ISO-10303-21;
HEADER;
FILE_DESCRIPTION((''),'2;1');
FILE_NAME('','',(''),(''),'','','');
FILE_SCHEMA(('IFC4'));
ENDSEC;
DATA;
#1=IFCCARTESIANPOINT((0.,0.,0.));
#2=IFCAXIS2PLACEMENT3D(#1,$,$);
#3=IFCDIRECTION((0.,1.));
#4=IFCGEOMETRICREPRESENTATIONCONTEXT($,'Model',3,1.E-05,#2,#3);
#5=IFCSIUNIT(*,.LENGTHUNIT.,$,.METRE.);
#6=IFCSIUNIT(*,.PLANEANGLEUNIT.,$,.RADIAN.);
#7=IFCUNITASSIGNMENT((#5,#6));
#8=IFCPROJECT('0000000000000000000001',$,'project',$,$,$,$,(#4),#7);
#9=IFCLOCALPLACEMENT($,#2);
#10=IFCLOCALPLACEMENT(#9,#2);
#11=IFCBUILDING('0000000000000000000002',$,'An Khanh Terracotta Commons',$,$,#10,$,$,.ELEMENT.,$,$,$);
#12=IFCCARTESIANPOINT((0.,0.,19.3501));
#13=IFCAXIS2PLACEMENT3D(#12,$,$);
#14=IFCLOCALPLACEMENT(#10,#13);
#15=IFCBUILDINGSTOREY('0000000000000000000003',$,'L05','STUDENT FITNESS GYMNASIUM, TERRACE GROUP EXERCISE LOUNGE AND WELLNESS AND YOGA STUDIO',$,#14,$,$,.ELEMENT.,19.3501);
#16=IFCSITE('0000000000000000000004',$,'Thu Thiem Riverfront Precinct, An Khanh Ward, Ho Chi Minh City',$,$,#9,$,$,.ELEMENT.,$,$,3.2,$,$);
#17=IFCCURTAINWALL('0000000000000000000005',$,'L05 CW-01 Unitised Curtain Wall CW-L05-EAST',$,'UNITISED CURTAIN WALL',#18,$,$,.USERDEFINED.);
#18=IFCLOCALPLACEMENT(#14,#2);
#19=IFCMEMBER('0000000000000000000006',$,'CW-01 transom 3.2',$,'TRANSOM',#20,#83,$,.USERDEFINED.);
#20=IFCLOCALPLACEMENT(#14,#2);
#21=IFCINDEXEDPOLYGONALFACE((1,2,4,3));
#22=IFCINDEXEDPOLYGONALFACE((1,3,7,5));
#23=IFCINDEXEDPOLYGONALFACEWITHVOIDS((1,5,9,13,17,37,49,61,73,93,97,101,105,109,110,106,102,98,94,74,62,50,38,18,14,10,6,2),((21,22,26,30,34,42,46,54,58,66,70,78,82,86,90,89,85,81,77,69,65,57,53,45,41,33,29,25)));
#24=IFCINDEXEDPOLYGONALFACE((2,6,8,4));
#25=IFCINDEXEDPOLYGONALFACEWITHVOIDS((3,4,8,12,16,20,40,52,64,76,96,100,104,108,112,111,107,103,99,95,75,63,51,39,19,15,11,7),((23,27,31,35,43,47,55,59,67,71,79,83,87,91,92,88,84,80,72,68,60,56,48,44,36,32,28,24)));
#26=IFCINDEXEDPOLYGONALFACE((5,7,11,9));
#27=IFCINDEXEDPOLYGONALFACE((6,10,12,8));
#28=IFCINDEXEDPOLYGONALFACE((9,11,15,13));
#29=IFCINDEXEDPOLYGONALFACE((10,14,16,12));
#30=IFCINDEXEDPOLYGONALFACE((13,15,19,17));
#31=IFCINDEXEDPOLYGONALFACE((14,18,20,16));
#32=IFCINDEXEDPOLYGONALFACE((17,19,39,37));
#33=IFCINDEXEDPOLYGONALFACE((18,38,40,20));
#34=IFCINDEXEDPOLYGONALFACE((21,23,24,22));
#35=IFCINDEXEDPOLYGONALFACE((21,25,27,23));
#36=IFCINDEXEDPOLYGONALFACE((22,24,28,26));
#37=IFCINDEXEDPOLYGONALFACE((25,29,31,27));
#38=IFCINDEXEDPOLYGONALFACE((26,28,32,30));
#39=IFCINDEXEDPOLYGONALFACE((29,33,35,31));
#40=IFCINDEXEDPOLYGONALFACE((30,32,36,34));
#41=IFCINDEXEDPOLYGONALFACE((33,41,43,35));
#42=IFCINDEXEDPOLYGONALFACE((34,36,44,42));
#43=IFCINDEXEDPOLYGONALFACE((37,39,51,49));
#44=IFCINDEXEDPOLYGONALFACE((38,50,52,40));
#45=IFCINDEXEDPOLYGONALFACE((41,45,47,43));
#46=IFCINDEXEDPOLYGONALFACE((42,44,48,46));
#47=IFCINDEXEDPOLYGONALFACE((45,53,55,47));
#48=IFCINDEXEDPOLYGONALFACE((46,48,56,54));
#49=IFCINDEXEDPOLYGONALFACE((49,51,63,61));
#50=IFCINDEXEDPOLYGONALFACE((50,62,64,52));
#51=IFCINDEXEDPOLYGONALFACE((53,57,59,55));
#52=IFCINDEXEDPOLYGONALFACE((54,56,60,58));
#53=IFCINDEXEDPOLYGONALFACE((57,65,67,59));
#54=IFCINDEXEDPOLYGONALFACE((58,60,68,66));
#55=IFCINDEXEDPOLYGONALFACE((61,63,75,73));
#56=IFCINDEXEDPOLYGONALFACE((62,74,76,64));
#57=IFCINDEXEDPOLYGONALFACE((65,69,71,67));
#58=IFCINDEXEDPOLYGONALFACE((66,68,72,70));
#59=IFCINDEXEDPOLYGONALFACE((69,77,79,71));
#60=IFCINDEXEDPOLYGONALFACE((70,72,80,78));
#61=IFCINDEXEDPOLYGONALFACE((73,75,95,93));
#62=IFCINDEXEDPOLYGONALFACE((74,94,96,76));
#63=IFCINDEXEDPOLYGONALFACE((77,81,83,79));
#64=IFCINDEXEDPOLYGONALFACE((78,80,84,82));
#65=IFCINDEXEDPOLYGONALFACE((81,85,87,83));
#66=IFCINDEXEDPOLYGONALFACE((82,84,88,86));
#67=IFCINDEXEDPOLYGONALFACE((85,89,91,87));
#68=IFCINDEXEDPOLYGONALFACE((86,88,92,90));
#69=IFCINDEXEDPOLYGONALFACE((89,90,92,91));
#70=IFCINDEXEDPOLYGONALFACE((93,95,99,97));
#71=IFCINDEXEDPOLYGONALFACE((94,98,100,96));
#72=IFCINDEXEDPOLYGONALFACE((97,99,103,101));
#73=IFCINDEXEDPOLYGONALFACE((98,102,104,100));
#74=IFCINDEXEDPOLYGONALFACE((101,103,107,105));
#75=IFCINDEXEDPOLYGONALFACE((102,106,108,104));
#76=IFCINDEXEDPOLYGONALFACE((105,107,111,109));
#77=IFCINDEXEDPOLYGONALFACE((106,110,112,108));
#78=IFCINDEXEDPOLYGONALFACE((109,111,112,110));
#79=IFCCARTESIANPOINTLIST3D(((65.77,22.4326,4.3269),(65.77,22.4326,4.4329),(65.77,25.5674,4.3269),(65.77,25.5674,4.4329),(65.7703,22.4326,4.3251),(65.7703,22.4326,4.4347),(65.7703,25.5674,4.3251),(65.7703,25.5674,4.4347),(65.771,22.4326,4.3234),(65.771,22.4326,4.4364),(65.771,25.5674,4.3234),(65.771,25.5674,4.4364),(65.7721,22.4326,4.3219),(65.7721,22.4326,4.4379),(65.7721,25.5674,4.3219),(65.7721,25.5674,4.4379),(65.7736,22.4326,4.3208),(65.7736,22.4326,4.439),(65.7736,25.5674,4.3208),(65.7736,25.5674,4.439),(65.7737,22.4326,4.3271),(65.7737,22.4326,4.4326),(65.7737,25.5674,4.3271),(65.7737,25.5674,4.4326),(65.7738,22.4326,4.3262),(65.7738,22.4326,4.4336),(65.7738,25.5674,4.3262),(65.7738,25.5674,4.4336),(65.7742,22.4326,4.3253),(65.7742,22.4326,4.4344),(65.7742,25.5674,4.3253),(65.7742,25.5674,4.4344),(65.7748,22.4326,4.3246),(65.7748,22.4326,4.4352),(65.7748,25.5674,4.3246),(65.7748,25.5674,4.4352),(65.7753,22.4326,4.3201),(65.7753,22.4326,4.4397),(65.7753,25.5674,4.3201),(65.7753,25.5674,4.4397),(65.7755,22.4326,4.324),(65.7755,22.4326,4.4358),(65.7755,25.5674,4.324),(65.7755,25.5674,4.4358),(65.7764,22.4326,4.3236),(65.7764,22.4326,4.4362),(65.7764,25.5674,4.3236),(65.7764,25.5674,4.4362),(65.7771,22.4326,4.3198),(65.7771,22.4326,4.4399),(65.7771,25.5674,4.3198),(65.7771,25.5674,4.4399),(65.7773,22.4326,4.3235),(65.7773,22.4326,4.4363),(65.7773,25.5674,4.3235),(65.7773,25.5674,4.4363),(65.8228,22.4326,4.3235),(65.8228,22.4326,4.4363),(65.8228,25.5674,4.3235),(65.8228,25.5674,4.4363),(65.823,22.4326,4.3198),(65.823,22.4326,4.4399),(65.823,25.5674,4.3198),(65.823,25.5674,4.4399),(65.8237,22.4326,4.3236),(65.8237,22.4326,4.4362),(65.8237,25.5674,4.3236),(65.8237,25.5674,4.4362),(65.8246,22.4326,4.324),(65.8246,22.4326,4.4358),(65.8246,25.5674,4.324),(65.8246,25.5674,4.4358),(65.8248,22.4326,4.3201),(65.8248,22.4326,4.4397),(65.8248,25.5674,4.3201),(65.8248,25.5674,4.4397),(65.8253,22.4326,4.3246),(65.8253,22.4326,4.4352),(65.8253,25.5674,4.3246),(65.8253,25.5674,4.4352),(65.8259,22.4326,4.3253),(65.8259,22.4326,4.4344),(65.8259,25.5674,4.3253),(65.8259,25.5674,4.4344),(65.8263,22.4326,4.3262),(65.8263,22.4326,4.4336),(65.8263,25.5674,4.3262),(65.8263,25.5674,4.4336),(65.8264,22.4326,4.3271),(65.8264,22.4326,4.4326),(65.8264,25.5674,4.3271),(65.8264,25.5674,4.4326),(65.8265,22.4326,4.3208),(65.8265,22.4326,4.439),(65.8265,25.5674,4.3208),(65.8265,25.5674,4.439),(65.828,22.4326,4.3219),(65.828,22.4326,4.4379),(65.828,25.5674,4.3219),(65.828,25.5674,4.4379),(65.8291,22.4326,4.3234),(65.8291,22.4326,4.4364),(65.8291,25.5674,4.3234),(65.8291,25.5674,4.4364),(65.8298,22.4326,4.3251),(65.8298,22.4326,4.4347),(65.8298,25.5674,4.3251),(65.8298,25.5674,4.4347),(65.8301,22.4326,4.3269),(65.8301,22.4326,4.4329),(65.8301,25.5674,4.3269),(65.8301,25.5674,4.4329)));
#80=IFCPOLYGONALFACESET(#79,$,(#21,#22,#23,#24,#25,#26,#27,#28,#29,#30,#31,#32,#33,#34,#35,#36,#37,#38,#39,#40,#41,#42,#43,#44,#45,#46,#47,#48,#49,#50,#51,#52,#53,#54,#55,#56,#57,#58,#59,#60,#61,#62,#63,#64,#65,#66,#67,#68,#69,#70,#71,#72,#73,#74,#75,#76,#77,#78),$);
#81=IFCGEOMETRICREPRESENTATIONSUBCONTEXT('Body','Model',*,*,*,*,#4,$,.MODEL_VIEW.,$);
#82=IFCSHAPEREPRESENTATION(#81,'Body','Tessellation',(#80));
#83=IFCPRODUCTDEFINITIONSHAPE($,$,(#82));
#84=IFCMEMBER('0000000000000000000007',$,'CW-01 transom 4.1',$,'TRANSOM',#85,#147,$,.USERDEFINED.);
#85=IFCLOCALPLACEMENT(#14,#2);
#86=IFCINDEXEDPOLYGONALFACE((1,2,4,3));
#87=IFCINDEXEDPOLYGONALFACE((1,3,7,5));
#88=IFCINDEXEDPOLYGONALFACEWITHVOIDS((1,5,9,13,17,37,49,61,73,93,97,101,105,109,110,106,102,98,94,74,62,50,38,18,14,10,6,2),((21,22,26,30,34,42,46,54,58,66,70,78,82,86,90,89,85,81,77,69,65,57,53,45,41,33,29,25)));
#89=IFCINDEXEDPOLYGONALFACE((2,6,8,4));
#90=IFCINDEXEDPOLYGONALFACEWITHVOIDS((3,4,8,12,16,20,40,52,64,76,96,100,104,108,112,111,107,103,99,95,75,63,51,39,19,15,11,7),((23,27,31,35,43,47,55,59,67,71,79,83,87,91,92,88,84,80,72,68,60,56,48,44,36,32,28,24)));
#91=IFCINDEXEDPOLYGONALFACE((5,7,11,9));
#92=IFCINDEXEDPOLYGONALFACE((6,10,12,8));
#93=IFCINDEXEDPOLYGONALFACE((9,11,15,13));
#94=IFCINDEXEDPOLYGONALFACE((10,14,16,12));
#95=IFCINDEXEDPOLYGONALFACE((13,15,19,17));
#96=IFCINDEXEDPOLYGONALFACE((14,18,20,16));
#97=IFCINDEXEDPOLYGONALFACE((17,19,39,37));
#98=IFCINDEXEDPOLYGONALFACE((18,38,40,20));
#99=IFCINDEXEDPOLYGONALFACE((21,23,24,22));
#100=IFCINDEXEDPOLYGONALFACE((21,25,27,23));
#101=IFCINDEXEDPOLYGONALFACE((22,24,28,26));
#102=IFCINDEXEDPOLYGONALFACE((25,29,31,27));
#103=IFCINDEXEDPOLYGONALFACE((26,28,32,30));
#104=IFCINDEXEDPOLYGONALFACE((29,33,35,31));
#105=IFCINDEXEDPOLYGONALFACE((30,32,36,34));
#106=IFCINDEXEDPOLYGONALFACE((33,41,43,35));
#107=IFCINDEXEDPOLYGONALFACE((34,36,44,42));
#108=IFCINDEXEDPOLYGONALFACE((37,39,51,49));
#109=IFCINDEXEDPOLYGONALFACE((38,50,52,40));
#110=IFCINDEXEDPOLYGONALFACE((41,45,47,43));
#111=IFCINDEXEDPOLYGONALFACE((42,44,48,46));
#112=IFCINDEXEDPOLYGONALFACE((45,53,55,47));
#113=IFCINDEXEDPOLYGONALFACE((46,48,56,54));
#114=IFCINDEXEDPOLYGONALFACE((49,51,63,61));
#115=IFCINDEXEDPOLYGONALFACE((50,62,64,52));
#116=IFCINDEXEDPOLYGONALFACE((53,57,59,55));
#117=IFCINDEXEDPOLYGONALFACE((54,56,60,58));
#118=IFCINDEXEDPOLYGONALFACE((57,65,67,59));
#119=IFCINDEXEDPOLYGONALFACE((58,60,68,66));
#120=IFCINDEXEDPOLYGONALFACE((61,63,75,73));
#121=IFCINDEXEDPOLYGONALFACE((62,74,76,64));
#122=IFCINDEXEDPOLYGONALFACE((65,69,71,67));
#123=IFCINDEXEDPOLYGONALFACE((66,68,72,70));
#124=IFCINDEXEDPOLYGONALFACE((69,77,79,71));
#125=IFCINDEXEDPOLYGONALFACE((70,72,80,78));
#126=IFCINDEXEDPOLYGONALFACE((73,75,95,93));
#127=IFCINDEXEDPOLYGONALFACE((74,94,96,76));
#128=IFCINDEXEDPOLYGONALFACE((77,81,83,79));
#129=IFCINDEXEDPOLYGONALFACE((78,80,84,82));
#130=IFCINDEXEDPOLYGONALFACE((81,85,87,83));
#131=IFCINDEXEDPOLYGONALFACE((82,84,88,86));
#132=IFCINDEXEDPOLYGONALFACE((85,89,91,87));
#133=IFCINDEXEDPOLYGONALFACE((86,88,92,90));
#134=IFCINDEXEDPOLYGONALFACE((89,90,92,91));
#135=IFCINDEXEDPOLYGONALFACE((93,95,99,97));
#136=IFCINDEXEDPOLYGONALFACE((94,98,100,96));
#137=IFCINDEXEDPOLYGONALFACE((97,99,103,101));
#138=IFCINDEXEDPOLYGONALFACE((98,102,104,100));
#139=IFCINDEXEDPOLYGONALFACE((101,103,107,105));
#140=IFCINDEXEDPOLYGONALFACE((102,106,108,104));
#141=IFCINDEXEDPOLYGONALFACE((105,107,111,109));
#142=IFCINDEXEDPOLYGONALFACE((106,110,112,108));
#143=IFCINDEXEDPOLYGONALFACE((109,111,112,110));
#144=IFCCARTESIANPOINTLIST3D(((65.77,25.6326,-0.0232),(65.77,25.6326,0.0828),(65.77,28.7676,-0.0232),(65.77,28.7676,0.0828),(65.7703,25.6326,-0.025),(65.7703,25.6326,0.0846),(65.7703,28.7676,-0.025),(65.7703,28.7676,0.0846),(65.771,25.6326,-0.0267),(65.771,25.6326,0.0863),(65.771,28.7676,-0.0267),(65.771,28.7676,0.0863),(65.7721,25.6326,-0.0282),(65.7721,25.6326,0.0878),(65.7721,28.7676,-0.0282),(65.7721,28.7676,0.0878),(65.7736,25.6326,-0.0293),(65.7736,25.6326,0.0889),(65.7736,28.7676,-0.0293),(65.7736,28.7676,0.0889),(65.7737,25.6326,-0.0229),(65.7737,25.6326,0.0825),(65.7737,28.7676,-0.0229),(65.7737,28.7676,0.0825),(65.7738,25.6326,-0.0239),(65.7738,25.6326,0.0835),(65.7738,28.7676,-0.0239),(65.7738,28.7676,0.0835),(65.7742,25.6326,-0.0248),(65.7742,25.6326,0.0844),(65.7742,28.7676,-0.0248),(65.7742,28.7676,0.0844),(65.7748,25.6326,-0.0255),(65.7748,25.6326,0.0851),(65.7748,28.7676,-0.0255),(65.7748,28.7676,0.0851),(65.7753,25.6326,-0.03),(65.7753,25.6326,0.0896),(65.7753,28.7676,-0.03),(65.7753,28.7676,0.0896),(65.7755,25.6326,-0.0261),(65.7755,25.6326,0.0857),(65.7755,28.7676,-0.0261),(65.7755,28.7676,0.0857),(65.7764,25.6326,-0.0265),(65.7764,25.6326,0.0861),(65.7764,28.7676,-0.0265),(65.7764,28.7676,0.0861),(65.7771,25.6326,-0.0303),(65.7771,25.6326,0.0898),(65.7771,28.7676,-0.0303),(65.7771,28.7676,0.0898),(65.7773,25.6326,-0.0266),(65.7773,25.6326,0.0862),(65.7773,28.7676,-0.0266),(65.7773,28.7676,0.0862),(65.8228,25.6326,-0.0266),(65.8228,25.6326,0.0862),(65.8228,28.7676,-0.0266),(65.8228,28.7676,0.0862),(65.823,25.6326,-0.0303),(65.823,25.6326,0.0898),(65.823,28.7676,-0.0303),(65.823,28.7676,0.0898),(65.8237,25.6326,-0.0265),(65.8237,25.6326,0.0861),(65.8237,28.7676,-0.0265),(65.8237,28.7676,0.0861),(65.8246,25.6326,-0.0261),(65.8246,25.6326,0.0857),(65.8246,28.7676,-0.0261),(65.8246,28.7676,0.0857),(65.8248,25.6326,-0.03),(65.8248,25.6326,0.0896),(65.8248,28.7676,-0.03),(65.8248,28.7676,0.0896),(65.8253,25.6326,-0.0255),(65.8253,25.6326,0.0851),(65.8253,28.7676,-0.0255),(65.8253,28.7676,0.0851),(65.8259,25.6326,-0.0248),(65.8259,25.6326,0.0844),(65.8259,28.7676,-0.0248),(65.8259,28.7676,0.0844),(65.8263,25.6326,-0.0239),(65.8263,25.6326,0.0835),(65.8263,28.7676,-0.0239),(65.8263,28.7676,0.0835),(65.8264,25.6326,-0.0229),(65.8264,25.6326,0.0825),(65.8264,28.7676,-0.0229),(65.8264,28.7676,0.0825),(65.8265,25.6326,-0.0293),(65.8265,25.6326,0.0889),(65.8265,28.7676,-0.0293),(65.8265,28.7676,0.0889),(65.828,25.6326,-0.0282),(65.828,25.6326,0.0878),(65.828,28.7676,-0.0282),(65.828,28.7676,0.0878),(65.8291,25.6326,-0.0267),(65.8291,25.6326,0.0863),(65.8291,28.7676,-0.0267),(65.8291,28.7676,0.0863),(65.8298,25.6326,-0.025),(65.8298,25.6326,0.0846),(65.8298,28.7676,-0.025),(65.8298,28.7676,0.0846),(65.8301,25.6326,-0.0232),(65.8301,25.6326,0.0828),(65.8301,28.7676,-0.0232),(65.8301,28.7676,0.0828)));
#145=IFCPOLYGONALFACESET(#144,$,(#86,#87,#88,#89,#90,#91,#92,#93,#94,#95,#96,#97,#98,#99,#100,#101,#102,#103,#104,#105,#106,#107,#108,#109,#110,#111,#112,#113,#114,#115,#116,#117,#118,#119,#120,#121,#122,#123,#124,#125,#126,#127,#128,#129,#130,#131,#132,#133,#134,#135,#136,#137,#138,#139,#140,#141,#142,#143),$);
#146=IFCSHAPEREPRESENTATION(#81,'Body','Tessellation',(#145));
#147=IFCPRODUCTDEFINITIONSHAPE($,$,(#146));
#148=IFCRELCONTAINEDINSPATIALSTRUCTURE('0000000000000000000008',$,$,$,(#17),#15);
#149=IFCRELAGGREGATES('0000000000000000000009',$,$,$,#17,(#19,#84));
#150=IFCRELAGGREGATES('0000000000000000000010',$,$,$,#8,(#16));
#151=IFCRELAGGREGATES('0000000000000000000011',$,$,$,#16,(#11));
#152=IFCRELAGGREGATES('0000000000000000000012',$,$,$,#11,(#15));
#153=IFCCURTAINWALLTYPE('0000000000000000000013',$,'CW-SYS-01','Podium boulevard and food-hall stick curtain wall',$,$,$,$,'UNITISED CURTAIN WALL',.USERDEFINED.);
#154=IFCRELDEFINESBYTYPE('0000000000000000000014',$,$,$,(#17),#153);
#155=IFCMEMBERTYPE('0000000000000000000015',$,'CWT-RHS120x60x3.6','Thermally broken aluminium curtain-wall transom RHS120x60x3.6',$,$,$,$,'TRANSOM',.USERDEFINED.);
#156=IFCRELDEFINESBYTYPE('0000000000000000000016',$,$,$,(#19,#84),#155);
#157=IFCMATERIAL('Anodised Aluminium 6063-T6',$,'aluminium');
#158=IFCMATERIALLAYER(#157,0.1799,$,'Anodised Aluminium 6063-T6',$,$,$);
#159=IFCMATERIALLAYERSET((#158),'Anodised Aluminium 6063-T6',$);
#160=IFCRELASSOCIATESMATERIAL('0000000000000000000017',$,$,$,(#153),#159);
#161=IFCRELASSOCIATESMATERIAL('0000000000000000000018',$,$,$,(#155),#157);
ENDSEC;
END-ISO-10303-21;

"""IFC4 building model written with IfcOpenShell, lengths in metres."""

from ifc_helpers import new_model, si_unit, direction, frame, origin, origin_2d, place, context, subcontext, project, spatial, hollow_rectangle, extrude, material, layer, layer_set, material_profile, profile_set, type_object, element, aggregate, save


model = new_model("IFC4")

# Units and contexts
model_context = context("Model", 3, precision=1e-05, world=origin(), true_north=direction((0.0, 1.0)))
body_context = subcontext(model_context, "Body", "Model", "MODEL_VIEW")
ifc_project = project(units=[si_unit("LENGTHUNIT", "METRE"), si_unit("PLANEANGLEUNIT", "RADIAN")], contexts=[model_context])

# Site, building, storey
site_placement = place(None, origin())
site = spatial("IfcSite", under=ifc_project, at=site_placement, Name="Thu Thiem Riverfront Precinct, An Khanh Ward, Ho Chi Minh City", CompositionType="ELEMENT", RefElevation=3.2)
building_placement = place(site_placement, origin())
building = spatial("IfcBuilding", under=site, at=building_placement, Name="An Khanh Terracotta Commons", CompositionType="ELEMENT")
storey_placement = place(building_placement, frame((0.0, 0.0, 19.3501)))
storey = spatial("IfcBuildingStorey", under=building, at=storey_placement, Name="L05", Description="STUDENT FITNESS GYMNASIUM, TERRACE GROUP EXERCISE LOUNGE AND WELLNESS AND YOGA STUDIO", CompositionType="ELEMENT", Elevation=19.3501)

# Curtain wall, members
ifc_material_1 = material(Name="Anodised Aluminium 6063-T6", Category="aluminium")
ifc_layer_1 = layer(ifc_material_1, 0.1799, Name="Anodised Aluminium 6063-T6")
ifc_layer_set_1 = layer_set([ifc_layer_1], Name="Anodised Aluminium 6063-T6")
curtain_wall_type = type_object("IfcCurtainWallType", Name="CW-SYS-01", Description="Podium boulevard and food-hall stick curtain wall", ElementType="UNITISED CURTAIN WALL", PredefinedType="USERDEFINED", material=ifc_layer_set_1)
curtain_wall_placement = place(storey_placement, origin())
curtain_wall = element("IfcCurtainWall", 1, at=curtain_wall_placement, inside=storey, type_object=curtain_wall_type, Name="L05 CW-01 Unitised Curtain Wall CW-L05-EAST", ObjectType="UNITISED CURTAIN WALL", PredefinedType="USERDEFINED")
ifc_material_profile_1 = material_profile(ifc_material_1, hollow_rectangle(XDim=0.0601, YDim=0.1201, WallThickness=0.0037, InnerFilletRadius=0.0037, OuterFilletRadius=0.0071, at=origin_2d()), Name="RHS120x60x3.6")
ifc_profile_set_1 = profile_set([ifc_material_profile_1], Name="Anodised Aluminium 6063-T6")
member_type_1 = type_object("IfcMemberType", Name="CWT-RHS120x60x3.6", Description="Thermally broken aluminium curtain-wall transom RHS120x60x3.6", ElementType="TRANSOM", PredefinedType="USERDEFINED", material=ifc_profile_set_1)
member_1_placement = place(storey_placement, frame((65.8, 22.4326, 4.3799), z_axis=(0.0, 1.0, 0.0), x_axis=(-1.0, 0.0, 0.0)))
member_1 = element("IfcMember", 2, at=member_1_placement, type_object=member_type_1, Name="CW-01 transom 3.2", ObjectType="TRANSOM", PredefinedType="USERDEFINED", context=body_context, shape_type="SweptSolid", body=[
    extrude(hollow_rectangle(XDim=0.0601, YDim=0.1201, WallThickness=0.0037, InnerFilletRadius=0.0037, OuterFilletRadius=0.0071, at=origin_2d()), origin(), (0.0, 0.0, 1.0), 3.1348),
])
member_2_placement = place(storey_placement, frame((65.8, 25.6326, 0.0298), z_axis=(0.0, 1.0, 0.0), x_axis=(-1.0, 0.0, 0.0)))
member_2 = element("IfcMember", 3, at=member_2_placement, type_object=member_type_1, Name="CW-01 transom 4.1", ObjectType="TRANSOM", PredefinedType="USERDEFINED", context=body_context, shape_type="SweptSolid", body=[
    extrude(hollow_rectangle(XDim=0.0601, YDim=0.1201, WallThickness=0.0037, InnerFilletRadius=0.0037, OuterFilletRadius=0.0071, at=origin_2d()), origin(), (0.0, 0.0, 1.0), 3.135),
])
aggregate(curtain_wall, [member_1, member_2])

save(model, "model.ifc")
